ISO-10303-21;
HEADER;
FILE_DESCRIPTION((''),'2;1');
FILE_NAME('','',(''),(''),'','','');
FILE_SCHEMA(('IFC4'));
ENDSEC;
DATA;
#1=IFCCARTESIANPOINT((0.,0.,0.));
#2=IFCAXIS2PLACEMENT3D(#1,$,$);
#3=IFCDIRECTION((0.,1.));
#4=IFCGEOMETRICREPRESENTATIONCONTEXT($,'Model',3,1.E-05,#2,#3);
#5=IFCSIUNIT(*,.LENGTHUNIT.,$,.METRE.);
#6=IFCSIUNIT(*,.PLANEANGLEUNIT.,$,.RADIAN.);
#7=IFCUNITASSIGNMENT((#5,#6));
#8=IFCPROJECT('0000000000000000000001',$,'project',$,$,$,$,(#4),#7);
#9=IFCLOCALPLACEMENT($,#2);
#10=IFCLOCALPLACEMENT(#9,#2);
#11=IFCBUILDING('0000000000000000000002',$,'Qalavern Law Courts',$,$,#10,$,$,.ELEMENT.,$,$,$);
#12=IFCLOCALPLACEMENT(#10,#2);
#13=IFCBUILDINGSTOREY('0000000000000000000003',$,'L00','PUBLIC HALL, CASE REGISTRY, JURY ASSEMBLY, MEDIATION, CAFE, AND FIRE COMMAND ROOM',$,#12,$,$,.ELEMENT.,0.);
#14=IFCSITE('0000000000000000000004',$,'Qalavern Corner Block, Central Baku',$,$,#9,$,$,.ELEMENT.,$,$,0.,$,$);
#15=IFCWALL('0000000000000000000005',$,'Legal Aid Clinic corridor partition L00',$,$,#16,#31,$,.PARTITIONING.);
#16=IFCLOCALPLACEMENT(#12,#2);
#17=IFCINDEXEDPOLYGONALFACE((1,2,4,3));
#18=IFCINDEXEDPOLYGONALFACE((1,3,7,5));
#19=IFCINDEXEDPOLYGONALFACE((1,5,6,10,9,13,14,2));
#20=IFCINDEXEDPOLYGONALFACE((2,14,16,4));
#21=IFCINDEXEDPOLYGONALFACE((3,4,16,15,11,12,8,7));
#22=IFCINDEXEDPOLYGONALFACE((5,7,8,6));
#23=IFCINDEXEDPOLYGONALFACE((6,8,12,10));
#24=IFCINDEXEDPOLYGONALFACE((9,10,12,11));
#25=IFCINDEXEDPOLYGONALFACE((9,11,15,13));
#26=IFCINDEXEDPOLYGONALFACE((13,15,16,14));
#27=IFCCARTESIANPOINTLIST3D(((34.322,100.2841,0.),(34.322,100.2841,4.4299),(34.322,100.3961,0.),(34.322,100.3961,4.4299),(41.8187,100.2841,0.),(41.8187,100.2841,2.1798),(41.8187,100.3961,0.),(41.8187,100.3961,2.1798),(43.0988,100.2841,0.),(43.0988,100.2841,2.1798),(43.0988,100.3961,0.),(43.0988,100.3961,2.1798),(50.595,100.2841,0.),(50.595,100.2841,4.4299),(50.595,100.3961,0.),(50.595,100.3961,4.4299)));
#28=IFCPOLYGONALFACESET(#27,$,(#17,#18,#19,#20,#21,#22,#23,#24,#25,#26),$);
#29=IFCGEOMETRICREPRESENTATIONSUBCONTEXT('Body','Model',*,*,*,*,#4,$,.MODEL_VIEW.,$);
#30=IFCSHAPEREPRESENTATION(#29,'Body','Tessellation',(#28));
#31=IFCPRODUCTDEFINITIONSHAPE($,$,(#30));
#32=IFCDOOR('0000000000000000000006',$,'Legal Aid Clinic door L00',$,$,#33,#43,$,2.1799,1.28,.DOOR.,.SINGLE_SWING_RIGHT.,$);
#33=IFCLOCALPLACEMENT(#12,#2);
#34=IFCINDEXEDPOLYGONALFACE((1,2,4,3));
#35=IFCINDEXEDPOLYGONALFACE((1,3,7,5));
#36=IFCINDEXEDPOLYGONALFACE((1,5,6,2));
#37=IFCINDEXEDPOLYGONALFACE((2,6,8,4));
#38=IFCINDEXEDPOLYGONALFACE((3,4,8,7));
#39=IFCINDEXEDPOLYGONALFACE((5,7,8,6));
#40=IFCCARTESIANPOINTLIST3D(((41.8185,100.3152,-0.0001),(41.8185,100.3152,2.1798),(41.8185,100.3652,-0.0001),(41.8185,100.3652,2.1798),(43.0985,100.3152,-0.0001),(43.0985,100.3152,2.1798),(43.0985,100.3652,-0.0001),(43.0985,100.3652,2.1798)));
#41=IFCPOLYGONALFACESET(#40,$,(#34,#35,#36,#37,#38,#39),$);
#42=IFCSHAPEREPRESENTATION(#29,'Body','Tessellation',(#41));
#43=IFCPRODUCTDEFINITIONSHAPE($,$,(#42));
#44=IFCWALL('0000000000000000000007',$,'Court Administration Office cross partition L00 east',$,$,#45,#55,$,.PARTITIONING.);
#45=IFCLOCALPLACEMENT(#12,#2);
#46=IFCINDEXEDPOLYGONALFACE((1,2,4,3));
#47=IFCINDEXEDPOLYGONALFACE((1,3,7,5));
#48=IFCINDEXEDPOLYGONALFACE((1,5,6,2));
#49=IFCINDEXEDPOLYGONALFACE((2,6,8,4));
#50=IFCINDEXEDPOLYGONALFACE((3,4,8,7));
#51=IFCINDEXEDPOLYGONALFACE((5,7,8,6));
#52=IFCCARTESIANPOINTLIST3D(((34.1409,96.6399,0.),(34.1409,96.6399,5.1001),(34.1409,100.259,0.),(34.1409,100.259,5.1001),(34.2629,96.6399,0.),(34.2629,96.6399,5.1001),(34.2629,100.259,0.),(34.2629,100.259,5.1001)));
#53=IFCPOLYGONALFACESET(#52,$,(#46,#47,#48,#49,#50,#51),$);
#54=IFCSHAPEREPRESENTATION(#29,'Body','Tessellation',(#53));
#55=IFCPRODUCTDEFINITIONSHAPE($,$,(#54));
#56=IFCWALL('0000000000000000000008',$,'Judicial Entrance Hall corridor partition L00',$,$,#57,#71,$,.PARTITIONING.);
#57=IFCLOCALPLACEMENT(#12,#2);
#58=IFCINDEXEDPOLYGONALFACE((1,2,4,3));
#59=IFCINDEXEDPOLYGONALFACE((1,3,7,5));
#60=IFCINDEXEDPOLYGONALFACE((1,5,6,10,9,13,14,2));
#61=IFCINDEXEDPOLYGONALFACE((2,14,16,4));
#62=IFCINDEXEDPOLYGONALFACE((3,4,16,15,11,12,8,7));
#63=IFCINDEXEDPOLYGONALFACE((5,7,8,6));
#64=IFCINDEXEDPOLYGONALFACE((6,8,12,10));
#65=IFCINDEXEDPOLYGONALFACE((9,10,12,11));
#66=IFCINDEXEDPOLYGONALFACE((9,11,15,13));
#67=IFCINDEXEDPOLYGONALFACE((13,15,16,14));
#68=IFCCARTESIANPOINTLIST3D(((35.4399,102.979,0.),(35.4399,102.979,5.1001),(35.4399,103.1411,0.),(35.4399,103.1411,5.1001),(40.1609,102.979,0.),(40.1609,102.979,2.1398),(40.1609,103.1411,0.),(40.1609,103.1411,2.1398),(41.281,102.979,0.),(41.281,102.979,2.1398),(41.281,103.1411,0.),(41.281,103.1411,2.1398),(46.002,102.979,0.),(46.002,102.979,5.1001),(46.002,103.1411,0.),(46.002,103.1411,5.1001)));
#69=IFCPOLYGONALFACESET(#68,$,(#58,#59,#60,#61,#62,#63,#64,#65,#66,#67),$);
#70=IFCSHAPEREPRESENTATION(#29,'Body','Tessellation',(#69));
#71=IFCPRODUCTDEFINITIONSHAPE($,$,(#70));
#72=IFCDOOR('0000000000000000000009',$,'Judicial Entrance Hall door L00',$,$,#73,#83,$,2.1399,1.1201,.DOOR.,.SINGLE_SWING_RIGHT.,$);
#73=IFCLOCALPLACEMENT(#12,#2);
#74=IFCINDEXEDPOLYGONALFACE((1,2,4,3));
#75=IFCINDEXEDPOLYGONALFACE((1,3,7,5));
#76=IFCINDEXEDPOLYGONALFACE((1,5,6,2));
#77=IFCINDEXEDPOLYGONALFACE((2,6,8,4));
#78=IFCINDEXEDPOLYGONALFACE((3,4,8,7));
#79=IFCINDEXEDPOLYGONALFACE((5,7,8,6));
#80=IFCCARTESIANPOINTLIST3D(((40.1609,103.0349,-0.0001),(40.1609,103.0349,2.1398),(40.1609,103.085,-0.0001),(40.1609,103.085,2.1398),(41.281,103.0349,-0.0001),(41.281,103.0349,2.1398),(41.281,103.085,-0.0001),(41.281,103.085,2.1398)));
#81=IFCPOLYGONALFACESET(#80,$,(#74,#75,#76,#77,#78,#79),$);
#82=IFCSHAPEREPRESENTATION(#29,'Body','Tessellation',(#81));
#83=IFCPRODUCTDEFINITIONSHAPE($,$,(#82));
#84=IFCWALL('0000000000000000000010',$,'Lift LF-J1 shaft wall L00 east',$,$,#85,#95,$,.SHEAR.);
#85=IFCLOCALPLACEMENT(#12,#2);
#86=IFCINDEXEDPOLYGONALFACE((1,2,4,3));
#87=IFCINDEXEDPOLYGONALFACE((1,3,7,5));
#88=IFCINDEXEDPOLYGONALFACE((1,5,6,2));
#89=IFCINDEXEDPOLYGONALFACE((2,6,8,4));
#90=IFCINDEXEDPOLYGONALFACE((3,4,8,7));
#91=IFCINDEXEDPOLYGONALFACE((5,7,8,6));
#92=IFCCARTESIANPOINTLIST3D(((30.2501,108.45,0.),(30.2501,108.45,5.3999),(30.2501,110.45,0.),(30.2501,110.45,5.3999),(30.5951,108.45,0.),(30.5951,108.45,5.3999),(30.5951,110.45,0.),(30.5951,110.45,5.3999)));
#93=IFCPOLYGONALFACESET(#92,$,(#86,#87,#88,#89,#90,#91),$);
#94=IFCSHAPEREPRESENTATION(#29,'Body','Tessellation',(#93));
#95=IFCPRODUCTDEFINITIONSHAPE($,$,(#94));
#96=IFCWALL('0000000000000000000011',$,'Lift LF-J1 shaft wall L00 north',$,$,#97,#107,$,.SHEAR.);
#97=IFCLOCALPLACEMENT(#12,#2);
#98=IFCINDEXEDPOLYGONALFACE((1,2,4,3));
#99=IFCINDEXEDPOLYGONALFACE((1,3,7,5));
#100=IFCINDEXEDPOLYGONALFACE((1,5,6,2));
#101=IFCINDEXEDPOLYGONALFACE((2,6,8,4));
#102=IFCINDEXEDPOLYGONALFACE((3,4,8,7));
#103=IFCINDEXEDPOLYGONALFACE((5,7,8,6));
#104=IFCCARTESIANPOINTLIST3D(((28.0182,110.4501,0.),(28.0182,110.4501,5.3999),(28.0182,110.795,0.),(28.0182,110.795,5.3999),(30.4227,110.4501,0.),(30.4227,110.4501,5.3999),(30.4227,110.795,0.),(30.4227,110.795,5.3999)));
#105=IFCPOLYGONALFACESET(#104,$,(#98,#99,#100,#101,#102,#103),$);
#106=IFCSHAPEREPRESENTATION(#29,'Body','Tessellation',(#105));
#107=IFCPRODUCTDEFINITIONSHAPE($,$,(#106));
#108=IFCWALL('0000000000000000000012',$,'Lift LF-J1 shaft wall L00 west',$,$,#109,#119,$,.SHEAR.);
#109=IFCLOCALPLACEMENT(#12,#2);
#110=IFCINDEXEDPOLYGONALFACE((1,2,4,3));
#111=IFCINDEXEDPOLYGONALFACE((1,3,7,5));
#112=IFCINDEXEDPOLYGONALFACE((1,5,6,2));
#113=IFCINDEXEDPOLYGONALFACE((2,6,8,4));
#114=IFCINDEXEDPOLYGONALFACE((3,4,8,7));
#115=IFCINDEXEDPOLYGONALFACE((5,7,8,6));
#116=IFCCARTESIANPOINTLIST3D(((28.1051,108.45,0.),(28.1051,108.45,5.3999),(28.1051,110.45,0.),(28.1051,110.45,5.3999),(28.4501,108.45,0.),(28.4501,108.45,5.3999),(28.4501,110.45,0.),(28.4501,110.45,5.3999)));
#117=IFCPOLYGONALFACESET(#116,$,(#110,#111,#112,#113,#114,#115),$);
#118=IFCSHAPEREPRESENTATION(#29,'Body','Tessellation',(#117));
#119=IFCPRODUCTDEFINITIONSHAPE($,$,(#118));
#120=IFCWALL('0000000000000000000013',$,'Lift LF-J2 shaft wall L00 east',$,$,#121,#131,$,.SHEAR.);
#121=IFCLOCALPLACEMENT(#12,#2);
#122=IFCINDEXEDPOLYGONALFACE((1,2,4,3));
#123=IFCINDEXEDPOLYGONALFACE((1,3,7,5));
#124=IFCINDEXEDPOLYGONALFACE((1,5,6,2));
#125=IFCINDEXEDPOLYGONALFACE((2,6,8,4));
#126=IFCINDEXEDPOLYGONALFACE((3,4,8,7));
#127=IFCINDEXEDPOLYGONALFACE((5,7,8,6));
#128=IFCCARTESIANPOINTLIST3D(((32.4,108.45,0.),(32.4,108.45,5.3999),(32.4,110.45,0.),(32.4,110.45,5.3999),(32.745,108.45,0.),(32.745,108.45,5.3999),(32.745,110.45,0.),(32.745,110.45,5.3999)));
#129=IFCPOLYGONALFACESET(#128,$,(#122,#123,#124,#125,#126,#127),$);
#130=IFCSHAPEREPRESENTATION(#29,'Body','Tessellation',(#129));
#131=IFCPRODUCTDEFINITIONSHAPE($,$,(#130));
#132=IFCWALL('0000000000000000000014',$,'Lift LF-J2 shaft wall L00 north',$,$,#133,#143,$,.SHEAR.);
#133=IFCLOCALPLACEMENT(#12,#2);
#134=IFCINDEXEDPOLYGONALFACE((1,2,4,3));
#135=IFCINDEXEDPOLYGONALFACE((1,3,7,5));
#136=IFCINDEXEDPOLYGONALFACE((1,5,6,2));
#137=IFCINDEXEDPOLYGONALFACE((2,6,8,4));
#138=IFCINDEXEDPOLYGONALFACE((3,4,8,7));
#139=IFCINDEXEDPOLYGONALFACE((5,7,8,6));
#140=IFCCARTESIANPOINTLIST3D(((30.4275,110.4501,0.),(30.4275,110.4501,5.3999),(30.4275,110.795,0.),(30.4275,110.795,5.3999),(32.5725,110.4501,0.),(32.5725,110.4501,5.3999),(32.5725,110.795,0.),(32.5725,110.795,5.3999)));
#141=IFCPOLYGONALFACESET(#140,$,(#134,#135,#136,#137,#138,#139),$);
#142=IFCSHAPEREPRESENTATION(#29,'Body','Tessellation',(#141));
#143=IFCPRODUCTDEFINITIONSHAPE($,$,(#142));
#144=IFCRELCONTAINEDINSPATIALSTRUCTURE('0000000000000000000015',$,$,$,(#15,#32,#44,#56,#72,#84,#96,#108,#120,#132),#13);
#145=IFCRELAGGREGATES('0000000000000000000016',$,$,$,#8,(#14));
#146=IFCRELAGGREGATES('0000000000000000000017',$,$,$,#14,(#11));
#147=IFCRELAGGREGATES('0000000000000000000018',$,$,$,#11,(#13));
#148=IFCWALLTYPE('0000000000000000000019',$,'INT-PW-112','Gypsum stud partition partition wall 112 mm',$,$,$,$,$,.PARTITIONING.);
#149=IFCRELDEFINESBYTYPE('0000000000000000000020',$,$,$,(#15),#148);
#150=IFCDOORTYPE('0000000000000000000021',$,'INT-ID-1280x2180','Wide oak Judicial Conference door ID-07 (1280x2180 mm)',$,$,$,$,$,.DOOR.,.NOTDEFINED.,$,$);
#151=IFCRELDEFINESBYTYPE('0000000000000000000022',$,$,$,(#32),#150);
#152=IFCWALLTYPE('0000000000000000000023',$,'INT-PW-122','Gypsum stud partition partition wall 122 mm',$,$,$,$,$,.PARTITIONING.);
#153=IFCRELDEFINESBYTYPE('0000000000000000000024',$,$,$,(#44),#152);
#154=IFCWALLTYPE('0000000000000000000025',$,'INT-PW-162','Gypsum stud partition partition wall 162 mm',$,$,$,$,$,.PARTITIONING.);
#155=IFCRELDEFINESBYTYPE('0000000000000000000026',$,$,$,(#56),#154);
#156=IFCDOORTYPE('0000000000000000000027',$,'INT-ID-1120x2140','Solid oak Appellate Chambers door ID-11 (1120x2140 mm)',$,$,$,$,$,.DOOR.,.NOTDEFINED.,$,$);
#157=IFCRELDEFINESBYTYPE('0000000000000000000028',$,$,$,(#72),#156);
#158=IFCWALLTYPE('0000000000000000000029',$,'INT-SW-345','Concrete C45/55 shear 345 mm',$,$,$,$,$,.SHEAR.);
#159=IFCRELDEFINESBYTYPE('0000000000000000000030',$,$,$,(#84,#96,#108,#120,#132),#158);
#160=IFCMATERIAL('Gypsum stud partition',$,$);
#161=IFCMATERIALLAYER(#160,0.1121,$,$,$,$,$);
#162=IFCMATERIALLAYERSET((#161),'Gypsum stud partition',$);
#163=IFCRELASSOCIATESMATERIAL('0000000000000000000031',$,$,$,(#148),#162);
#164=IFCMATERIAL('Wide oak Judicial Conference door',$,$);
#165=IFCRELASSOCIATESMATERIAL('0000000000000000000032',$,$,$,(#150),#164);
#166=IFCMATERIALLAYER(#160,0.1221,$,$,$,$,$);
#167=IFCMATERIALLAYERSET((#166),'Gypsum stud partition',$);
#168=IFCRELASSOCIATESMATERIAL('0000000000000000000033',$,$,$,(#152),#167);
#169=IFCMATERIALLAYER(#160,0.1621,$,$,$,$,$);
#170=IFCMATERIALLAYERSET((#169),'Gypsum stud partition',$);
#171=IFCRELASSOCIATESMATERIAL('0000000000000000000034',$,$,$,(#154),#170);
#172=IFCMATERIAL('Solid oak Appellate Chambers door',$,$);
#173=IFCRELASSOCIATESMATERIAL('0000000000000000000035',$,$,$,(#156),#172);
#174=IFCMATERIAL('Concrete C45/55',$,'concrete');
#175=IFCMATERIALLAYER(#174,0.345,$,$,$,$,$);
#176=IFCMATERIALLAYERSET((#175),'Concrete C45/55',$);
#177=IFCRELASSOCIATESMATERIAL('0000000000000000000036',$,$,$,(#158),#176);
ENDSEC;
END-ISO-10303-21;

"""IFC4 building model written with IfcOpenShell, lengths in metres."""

from ifc_helpers import new_model, si_unit, direction, frame, frame_2d, origin, place, context, subcontext, project, spatial, rectangle, extrude, material, layer, layer_set, type_object, element, fill, save


model = new_model("IFC4")

# Units and contexts
model_context = context("Model", 3, precision=1e-05, world=origin(), true_north=direction((0.0, 1.0)))
body_context = subcontext(model_context, "Body", "Model", "MODEL_VIEW")
ifc_project = project(units=[si_unit("LENGTHUNIT", "METRE"), si_unit("PLANEANGLEUNIT", "RADIAN")], contexts=[model_context])

# Site, building, storey
site_placement = place(None, origin())
site = spatial("IfcSite", under=ifc_project, at=site_placement, Name="Qalavern Corner Block, Central Baku", CompositionType="ELEMENT", RefElevation=0.0)
building_placement = place(site_placement, origin())
building = spatial("IfcBuilding", under=site, at=building_placement, Name="Qalavern Law Courts", CompositionType="ELEMENT")
storey_placement = place(building_placement, origin())
storey = spatial("IfcBuildingStorey", under=building, at=storey_placement, Name="L00", Description="PUBLIC HALL, CASE REGISTRY, JURY ASSEMBLY, MEDIATION, CAFE, AND FIRE COMMAND ROOM", CompositionType="ELEMENT", Elevation=0.0)

# Shared definitions
ifc_material_1 = material(Name="Concrete C45/55", Category="concrete")

# Wall, opening, door
ifc_material_2 = material(Name="Gypsum stud partition")
ifc_layer_1 = layer(ifc_material_2, 0.1121)
ifc_layer_set_1 = layer_set([ifc_layer_1], Name="Gypsum stud partition")
wall_type_1 = type_object("IfcWallType", Name="INT-PW-112", Description="Gypsum stud partition partition wall 112 mm", PredefinedType="PARTITIONING", material=ifc_layer_set_1)
wall_1_placement = place(storey_placement, frame((34.322, 100.3401, 0.0), z_axis=(0.0, 0.0, 1.0), x_axis=(1.0, 0.0, 0.0)))
wall_1 = element("IfcWall", 1, at=wall_1_placement, inside=storey, type_object=wall_type_1, Name="Legal Aid Clinic corridor partition L00", PredefinedType="PARTITIONING", context=body_context, shape_type="SweptSolid", body=[
    extrude(rectangle(XDim=16.2729, YDim=0.1121, at=frame_2d((8.1365, 0.0))), origin(), (0.0, 0.0, 1.0), 4.4299),
])
opening_1_placement = place(wall_1_placement, frame((7.4966, 0.0, 0.0)))
opening_1 = element("IfcOpeningElement", 2, at=opening_1_placement, cuts=wall_1, PredefinedType="OPENING", context=body_context, shape_type="SweptSolid", body=[
    extrude(rectangle(XDim=1.28, YDim=2.1799, at=frame_2d((0.6401, 1.0898))), frame((0.0, 0.0708, 0.0), z_axis=(0.0, -1.0, 0.0), x_axis=(1.0, 0.0, 0.0)), (0.0, 0.0, 1.0), 0.1418),
])
ifc_material_3 = material(Name="Wide oak Judicial Conference door")
door_type_1 = type_object("IfcDoorType", Name="INT-ID-1280x2180", Description="Wide oak Judicial Conference door ID-07 (1280x2180 mm)", OperationType="NOTDEFINED", PredefinedType="DOOR", material=ifc_material_3)
door_1_placement = place(opening_1_placement, frame((1.28, 0.0, 0.0), z_axis=(0.0, 0.0, 1.0), x_axis=(-1.0, 0.0, 0.0)))
door_1 = element("IfcDoor", 3, at=door_1_placement, inside=storey, type_object=door_type_1, Name="Legal Aid Clinic door L00", OperationType="SINGLE_SWING_RIGHT", OverallHeight=2.1799, OverallWidth=1.28, PredefinedType="DOOR", context=body_context, shape_type="SweptSolid", body=[
    extrude(rectangle(XDim=1.28, YDim=2.1799, at=frame_2d((0.6401, 1.0898))), frame((0.0, 0.0249, 0.0), z_axis=(0.0, -1.0, 0.0), x_axis=(1.0, 0.0, 0.0)), (0.0, 0.0, 1.0), 0.05),
])
fill(opening_1, door_1)

# Wall
ifc_layer_2 = layer(ifc_material_2, 0.1221)
ifc_layer_set_2 = layer_set([ifc_layer_2], Name="Gypsum stud partition")
wall_type_2 = type_object("IfcWallType", Name="INT-PW-122", Description="Gypsum stud partition partition wall 122 mm", PredefinedType="PARTITIONING", material=ifc_layer_set_2)
wall_2_placement = place(storey_placement, frame((34.2019, 96.6399, 0.0), z_axis=(0.0, 0.0, 1.0), x_axis=(0.0, 1.0, 0.0)))
element("IfcWall", 4, at=wall_2_placement, inside=storey, type_object=wall_type_2, Name="Court Administration Office cross partition L00 east", PredefinedType="PARTITIONING", context=body_context, shape_type="SweptSolid", body=[
    extrude(rectangle(XDim=3.6191, YDim=0.1221, at=frame_2d((1.8096, 0.0))), origin(), (0.0, 0.0, 1.0), 5.1001),
])

# Wall, opening, door
ifc_layer_3 = layer(ifc_material_2, 0.1621)
ifc_layer_set_3 = layer_set([ifc_layer_3], Name="Gypsum stud partition")
wall_type_3 = type_object("IfcWallType", Name="INT-PW-162", Description="Gypsum stud partition partition wall 162 mm", PredefinedType="PARTITIONING", material=ifc_layer_set_3)
wall_3_placement = place(storey_placement, frame((35.4399, 103.0601, 0.0), z_axis=(0.0, 0.0, 1.0), x_axis=(1.0, 0.0, 0.0)))
wall_3 = element("IfcWall", 5, at=wall_3_placement, inside=storey, type_object=wall_type_3, Name="Judicial Entrance Hall corridor partition L00", PredefinedType="PARTITIONING", context=body_context, shape_type="SweptSolid", body=[
    extrude(rectangle(XDim=10.562, YDim=0.1621, at=frame_2d((5.281, 0.0))), origin(), (0.0, 0.0, 1.0), 5.1001),
])
opening_2_placement = place(wall_3_placement, frame((4.7209, 0.0, 0.0)))
opening_2 = element("IfcOpeningElement", 6, at=opening_2_placement, cuts=wall_3, PredefinedType="OPENING", context=body_context, shape_type="SweptSolid", body=[
    extrude(rectangle(XDim=1.1201, YDim=2.1399, at=frame_2d((0.5601, 1.0698))), frame((0.0, 0.0959, 0.0), z_axis=(0.0, -1.0, 0.0), x_axis=(1.0, 0.0, 0.0)), (0.0, 0.0, 1.0), 0.1919),
])
ifc_material_4 = material(Name="Solid oak Appellate Chambers door")
door_type_2 = type_object("IfcDoorType", Name="INT-ID-1120x2140", Description="Solid oak Appellate Chambers door ID-11 (1120x2140 mm)", OperationType="NOTDEFINED", PredefinedType="DOOR", material=ifc_material_4)
door_2_placement = place(opening_2_placement, origin())
door_2 = element("IfcDoor", 7, at=door_2_placement, inside=storey, type_object=door_type_2, Name="Judicial Entrance Hall door L00", OperationType="SINGLE_SWING_RIGHT", OverallHeight=2.1399, OverallWidth=1.1201, PredefinedType="DOOR", context=body_context, shape_type="SweptSolid", body=[
    extrude(rectangle(XDim=1.1201, YDim=2.1399, at=frame_2d((0.5601, 1.0698))), frame((0.0, 0.0249, 0.0), z_axis=(0.0, -1.0, 0.0), x_axis=(1.0, 0.0, 0.0)), (0.0, 0.0, 1.0), 0.05),
])
fill(opening_2, door_2)
ifc_layer_4 = layer(ifc_material_1, 0.345)
ifc_layer_set_4 = layer_set([ifc_layer_4], Name="Concrete C45/55")
wall_type_4 = type_object("IfcWallType", Name="INT-SW-345", Description="Concrete C45/55 shear 345 mm", PredefinedType="SHEAR", material=ifc_layer_set_4)

# Walls
wall_4_placement = place(storey_placement, frame((30.4226, 108.45, 0.0), z_axis=(0.0, 0.0, 1.0), x_axis=(0.0, 1.0, 0.0)))
element("IfcWall", 8, at=wall_4_placement, inside=storey, type_object=wall_type_4, Name="Lift LF-J1 shaft wall L00 east", PredefinedType="SHEAR", context=body_context, shape_type="SweptSolid", body=[
    extrude(rectangle(XDim=2.0, YDim=0.345, at=frame_2d((1.0, 0.0))), origin(), (0.0, 0.0, 1.0), 5.3999),
])
wall_5_placement = place(storey_placement, frame((30.4226, 110.6226, 0.0), z_axis=(0.0, 0.0, 1.0), x_axis=(-1.0, 0.0, 0.0)))
element("IfcWall", 9, at=wall_5_placement, inside=storey, type_object=wall_type_4, Name="Lift LF-J1 shaft wall L00 north", PredefinedType="SHEAR", context=body_context, shape_type="SweptSolid", body=[
    extrude(rectangle(XDim=2.4045, YDim=0.345, at=frame_2d((1.2021, 0.0))), origin(), (0.0, 0.0, 1.0), 5.3999),
])
wall_6_placement = place(storey_placement, frame((28.2776, 110.45, 0.0), z_axis=(0.0, 0.0, 1.0), x_axis=(0.0, -1.0, 0.0)))
element("IfcWall", 10, at=wall_6_placement, inside=storey, type_object=wall_type_4, Name="Lift LF-J1 shaft wall L00 west", PredefinedType="SHEAR", context=body_context, shape_type="SweptSolid", body=[
    extrude(rectangle(XDim=2.0, YDim=0.345, at=frame_2d((1.0, 0.0))), origin(), (0.0, 0.0, 1.0), 5.3999),
])

# Walls
wall_7_placement = place(storey_placement, frame((32.5725, 108.45, 0.0), z_axis=(0.0, 0.0, 1.0), x_axis=(0.0, 1.0, 0.0)))
element("IfcWall", 11, at=wall_7_placement, inside=storey, type_object=wall_type_4, Name="Lift LF-J2 shaft wall L00 east", PredefinedType="SHEAR", context=body_context, shape_type="SweptSolid", body=[
    extrude(rectangle(XDim=2.0, YDim=0.345, at=frame_2d((1.0, 0.0))), origin(), (0.0, 0.0, 1.0), 5.3999),
])
wall_8_placement = place(storey_placement, frame((32.5725, 110.6226, 0.0), z_axis=(0.0, 0.0, 1.0), x_axis=(-1.0, 0.0, 0.0)))
element("IfcWall", 12, at=wall_8_placement, inside=storey, type_object=wall_type_4, Name="Lift LF-J2 shaft wall L00 north", PredefinedType="SHEAR", context=body_context, shape_type="SweptSolid", body=[
    extrude(rectangle(XDim=2.145, YDim=0.345, at=frame_2d((1.0725, 0.0))), origin(), (0.0, 0.0, 1.0), 5.3999),
])

save(model, "model.ifc")
